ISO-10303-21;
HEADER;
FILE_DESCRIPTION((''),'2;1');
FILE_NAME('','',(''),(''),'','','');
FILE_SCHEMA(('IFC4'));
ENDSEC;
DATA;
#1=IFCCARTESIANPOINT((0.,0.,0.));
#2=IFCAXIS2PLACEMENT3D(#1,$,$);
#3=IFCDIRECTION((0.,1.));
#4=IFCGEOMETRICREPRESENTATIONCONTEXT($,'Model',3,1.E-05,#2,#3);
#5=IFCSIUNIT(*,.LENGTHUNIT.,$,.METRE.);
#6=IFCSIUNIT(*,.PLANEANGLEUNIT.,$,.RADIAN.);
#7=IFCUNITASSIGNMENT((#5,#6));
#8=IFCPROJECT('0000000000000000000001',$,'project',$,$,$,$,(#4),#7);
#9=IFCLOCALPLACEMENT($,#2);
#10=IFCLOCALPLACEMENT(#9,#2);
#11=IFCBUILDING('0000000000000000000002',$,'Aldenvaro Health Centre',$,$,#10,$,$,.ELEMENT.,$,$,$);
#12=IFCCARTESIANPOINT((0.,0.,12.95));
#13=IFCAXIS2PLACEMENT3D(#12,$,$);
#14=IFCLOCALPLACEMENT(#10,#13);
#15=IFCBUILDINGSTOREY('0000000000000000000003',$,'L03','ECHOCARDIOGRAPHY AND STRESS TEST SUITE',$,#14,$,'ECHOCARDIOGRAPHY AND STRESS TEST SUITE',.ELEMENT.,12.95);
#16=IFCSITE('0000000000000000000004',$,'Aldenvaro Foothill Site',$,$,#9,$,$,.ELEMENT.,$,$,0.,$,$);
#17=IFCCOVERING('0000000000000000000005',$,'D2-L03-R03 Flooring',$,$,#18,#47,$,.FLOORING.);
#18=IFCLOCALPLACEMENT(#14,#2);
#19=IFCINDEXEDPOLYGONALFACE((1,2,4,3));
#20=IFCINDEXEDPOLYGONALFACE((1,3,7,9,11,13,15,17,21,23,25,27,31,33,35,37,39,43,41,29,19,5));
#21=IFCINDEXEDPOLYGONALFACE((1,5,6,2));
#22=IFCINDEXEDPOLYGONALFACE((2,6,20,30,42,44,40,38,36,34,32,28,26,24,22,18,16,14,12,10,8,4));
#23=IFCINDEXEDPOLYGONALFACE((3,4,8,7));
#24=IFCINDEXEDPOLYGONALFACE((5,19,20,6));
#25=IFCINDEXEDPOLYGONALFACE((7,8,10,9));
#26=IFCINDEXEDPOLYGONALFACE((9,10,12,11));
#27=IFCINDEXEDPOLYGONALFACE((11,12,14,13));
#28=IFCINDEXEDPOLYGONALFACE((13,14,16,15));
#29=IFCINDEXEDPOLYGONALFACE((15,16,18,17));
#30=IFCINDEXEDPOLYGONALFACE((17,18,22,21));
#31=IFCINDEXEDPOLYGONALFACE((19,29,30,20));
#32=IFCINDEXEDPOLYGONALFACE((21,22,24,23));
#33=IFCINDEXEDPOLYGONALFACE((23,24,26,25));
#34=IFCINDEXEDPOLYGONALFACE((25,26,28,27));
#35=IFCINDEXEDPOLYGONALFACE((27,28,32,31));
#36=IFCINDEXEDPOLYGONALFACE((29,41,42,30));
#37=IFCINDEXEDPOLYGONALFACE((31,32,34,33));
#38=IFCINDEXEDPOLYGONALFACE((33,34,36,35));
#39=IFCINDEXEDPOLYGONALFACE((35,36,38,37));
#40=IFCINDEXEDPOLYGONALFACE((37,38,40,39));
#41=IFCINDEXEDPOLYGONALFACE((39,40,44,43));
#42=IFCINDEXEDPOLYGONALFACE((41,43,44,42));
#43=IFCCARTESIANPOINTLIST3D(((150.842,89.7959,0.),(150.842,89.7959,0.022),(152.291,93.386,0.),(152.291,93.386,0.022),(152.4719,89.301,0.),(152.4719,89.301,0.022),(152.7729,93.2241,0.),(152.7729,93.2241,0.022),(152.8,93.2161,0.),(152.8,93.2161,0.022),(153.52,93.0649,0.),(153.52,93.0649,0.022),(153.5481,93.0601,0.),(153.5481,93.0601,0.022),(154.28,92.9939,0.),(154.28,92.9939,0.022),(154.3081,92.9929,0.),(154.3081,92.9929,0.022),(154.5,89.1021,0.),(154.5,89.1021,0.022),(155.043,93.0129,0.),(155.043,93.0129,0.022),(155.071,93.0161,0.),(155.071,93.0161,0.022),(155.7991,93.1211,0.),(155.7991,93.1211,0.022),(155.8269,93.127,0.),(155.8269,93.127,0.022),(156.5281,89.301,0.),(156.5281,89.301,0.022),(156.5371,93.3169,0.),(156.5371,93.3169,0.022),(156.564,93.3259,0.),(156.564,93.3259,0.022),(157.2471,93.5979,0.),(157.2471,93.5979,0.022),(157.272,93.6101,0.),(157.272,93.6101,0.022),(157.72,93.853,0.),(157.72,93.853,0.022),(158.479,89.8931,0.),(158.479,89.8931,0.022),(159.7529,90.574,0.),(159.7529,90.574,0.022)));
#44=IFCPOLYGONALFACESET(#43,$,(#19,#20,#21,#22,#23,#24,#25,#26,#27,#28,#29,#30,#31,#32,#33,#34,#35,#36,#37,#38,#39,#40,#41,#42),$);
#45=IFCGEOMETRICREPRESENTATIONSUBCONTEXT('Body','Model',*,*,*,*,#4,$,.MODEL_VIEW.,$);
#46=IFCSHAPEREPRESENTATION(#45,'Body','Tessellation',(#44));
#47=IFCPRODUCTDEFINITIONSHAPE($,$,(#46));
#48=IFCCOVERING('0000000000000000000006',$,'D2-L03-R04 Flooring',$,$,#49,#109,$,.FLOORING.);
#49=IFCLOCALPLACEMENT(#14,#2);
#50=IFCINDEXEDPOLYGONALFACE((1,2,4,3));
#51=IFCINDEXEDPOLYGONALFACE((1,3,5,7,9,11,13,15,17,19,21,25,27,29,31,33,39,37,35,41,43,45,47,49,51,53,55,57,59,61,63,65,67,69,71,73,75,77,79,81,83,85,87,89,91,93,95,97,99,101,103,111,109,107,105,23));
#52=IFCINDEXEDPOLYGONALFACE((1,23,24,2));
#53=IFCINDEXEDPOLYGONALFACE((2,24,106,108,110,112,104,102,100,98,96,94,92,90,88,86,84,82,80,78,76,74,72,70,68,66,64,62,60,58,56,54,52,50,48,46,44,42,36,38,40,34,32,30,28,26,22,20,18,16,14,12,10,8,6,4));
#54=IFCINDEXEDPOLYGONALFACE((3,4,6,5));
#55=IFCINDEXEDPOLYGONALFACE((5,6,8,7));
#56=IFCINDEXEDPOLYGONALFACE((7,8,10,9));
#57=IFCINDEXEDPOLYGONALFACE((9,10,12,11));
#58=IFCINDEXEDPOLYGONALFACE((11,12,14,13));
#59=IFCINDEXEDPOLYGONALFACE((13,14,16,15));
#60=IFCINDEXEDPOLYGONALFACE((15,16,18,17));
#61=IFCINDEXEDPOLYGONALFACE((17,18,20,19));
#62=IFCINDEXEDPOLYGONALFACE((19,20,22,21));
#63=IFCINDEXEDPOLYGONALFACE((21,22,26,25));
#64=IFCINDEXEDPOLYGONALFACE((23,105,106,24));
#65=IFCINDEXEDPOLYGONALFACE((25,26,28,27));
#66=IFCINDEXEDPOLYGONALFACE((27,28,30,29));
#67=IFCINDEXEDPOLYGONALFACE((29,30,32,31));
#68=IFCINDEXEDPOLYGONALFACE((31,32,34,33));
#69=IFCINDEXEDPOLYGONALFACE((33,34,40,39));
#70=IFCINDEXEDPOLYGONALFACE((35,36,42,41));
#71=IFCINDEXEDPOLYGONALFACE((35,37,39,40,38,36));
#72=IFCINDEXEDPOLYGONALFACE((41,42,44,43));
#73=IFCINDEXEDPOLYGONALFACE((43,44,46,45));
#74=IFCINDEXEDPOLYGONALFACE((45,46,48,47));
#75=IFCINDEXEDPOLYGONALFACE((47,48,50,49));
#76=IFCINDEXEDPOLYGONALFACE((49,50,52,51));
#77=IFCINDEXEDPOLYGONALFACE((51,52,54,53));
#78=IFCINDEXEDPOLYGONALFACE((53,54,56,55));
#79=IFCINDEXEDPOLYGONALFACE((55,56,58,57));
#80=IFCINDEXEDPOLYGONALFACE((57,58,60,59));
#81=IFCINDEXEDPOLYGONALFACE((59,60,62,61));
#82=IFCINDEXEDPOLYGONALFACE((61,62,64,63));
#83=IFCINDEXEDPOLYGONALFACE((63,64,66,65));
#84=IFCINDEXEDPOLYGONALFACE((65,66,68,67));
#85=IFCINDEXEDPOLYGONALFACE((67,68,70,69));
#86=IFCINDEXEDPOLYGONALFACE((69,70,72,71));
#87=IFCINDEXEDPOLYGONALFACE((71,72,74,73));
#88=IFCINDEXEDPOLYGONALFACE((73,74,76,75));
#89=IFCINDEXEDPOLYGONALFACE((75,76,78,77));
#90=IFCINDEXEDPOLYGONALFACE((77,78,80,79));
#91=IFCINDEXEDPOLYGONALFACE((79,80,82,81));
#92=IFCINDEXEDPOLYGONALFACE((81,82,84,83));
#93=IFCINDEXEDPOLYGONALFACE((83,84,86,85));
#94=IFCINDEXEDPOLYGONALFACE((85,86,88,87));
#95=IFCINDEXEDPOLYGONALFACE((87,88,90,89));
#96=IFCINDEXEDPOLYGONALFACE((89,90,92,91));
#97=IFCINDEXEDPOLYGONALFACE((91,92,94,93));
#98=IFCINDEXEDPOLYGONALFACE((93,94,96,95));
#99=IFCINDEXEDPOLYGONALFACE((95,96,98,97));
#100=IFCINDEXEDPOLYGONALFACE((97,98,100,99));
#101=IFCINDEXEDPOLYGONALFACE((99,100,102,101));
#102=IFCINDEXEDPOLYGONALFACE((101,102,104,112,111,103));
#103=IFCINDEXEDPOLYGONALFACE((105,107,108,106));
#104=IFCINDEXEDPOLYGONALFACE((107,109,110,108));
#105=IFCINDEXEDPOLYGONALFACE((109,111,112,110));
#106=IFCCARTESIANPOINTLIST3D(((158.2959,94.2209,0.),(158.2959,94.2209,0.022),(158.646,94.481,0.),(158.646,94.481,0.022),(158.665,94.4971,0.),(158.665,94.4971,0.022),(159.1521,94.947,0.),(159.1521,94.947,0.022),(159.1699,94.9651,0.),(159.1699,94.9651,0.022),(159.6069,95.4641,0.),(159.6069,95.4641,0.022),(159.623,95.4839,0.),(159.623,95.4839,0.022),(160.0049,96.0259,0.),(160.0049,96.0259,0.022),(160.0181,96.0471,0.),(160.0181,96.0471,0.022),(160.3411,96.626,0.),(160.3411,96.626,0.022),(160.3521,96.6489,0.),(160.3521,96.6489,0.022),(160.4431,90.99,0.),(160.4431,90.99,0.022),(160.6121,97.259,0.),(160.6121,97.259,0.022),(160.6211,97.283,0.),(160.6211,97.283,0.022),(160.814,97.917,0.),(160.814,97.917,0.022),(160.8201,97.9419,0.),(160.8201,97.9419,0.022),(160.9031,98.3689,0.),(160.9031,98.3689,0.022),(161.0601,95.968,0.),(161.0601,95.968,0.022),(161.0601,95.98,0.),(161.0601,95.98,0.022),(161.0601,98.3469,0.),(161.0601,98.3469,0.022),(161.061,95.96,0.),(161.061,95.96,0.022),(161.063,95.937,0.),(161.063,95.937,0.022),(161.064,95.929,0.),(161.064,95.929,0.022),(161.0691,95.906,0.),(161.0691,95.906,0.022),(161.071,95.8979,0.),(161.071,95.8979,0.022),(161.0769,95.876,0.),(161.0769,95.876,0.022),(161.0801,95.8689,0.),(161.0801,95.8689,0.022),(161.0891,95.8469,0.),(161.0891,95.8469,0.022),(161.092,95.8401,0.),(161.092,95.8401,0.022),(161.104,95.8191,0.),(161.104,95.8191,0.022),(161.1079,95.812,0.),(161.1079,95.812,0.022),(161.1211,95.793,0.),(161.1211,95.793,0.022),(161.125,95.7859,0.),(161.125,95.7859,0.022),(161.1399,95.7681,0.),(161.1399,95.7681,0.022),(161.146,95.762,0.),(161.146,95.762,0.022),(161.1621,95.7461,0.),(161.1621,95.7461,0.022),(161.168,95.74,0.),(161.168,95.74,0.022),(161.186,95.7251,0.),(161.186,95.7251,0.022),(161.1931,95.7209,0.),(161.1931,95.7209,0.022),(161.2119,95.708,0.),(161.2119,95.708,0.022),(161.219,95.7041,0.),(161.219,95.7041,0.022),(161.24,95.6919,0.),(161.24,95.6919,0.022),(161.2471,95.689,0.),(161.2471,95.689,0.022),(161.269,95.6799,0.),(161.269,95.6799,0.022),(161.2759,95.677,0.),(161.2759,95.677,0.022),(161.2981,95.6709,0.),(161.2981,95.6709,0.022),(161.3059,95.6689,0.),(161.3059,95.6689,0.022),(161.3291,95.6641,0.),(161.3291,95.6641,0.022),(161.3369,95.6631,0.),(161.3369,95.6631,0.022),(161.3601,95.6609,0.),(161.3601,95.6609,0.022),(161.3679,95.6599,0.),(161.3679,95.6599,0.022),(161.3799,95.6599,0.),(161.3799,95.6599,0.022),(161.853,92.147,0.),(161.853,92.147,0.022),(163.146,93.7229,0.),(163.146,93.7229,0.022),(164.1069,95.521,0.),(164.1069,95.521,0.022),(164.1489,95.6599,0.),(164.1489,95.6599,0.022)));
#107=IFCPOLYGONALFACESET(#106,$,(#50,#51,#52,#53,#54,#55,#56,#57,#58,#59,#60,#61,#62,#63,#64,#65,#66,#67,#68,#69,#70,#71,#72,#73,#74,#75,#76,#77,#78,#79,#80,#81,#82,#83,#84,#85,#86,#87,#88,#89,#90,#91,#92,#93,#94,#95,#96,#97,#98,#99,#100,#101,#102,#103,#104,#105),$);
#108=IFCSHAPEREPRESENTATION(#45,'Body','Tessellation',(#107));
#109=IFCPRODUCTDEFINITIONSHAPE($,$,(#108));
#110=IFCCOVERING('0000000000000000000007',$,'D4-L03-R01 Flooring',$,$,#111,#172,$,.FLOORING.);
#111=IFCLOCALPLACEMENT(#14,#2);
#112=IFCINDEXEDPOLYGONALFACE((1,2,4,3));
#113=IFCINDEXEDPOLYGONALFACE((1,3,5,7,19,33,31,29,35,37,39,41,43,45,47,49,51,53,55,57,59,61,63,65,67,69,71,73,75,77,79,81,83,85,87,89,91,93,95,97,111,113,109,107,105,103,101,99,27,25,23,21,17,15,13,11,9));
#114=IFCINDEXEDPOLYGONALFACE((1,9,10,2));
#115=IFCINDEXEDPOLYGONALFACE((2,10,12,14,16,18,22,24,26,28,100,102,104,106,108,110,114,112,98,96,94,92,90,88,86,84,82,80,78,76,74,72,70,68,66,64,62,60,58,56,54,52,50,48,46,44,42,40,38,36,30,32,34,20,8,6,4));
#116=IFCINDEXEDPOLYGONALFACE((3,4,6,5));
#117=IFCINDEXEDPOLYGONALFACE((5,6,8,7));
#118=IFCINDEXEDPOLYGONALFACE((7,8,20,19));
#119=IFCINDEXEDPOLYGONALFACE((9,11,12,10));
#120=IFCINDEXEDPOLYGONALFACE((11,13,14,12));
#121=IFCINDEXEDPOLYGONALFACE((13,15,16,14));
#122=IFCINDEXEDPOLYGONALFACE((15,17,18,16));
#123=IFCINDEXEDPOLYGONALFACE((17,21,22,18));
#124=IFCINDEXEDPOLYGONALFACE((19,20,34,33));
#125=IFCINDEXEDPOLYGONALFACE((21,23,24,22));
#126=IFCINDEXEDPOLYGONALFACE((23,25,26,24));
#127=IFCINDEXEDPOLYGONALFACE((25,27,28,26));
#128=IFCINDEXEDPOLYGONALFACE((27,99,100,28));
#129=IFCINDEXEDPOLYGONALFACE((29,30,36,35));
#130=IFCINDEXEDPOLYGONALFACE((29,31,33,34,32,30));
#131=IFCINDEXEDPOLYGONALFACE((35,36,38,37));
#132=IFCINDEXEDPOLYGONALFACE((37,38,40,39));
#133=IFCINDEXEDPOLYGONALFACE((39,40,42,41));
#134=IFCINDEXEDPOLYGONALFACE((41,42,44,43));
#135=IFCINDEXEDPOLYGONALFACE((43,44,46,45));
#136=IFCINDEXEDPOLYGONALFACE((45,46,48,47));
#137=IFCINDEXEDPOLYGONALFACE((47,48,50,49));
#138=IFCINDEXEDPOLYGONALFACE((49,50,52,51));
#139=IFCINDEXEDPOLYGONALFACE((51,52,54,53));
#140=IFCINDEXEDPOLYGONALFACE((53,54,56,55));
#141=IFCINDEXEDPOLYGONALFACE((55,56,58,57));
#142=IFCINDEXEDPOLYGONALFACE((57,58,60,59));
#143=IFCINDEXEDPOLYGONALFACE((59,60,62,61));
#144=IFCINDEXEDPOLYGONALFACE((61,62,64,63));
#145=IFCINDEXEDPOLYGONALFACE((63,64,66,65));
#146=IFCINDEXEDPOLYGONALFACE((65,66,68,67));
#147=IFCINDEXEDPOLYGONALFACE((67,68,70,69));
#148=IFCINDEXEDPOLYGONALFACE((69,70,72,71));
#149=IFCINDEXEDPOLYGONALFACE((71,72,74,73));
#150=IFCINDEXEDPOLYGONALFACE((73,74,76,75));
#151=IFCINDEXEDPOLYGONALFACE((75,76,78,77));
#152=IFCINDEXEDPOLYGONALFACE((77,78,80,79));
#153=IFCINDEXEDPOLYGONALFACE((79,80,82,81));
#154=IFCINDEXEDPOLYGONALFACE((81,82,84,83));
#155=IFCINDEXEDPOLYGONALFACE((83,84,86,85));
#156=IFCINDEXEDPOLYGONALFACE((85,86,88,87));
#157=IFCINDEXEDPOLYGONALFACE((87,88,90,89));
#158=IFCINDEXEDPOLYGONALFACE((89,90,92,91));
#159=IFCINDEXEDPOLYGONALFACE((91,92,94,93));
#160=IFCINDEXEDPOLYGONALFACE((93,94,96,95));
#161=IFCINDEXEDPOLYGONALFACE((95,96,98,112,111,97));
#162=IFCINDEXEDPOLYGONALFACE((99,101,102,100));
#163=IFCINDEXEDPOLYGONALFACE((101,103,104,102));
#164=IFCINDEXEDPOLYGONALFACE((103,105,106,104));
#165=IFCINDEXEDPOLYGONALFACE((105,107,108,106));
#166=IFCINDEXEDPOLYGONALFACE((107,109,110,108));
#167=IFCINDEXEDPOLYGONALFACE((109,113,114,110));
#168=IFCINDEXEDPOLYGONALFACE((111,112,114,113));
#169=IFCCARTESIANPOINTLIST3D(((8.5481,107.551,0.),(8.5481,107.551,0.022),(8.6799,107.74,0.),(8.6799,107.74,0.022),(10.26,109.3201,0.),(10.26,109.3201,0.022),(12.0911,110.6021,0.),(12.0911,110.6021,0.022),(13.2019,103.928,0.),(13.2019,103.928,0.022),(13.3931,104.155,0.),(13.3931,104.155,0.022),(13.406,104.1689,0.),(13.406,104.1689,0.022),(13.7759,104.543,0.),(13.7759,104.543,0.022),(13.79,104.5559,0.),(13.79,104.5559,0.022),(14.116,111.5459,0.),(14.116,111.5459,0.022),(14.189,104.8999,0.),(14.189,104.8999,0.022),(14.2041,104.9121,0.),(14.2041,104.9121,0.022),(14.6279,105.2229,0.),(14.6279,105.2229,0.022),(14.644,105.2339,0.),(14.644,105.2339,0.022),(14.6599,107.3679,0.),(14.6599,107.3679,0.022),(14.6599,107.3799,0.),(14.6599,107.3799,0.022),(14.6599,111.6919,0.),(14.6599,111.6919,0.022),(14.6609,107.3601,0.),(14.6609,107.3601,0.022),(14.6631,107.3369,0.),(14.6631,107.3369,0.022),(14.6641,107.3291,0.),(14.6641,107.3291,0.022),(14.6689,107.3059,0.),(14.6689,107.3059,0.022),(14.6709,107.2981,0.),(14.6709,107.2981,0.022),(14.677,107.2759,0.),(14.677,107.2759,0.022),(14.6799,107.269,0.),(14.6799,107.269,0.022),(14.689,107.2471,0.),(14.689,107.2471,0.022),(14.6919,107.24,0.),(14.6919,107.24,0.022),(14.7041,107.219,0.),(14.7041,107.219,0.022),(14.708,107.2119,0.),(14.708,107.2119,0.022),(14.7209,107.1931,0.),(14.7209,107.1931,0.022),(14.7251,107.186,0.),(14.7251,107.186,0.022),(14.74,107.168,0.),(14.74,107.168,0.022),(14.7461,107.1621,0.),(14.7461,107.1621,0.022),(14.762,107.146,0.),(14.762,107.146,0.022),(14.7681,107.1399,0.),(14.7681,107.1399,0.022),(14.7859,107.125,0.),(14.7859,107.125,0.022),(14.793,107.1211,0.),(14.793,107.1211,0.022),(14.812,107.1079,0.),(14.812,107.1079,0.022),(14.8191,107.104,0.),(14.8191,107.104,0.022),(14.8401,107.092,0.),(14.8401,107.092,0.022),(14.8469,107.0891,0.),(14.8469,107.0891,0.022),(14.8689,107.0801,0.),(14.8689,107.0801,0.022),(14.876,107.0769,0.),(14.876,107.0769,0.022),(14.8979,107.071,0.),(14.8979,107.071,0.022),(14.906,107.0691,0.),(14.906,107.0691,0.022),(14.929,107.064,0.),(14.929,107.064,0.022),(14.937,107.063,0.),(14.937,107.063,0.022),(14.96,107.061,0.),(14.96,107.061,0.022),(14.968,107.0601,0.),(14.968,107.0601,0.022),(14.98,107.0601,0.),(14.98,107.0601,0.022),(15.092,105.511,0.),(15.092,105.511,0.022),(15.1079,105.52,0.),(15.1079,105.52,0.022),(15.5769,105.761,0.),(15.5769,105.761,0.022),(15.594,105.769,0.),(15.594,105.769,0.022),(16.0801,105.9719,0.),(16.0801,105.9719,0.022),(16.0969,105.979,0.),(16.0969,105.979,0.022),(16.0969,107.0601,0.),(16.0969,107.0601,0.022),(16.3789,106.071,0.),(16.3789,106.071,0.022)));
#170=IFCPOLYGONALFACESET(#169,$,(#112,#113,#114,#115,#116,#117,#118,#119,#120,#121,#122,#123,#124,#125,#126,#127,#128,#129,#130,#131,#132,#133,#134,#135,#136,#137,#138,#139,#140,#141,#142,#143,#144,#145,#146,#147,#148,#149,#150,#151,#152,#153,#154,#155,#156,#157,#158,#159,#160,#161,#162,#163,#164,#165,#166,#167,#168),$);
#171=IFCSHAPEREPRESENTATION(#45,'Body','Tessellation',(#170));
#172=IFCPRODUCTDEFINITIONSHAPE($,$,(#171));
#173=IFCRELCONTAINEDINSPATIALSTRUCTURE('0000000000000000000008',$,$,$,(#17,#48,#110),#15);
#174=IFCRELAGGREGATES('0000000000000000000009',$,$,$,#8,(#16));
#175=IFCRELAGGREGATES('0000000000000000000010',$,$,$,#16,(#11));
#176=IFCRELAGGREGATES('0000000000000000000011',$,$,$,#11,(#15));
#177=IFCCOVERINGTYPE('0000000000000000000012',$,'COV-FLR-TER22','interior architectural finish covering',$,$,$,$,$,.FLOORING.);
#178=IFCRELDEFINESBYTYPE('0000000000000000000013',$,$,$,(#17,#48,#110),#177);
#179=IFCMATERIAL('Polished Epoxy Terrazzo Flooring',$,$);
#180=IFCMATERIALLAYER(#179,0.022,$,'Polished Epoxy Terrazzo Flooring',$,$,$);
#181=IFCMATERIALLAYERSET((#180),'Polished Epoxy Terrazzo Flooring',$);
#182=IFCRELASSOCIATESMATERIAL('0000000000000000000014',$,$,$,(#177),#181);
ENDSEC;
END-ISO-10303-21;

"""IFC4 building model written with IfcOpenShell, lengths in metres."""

from ifc_helpers import new_model, si_unit, direction, frame, origin, place, context, subcontext, project, spatial, polyline, outline, extrude, material, layer, layer_set, type_object, element, save


model = new_model("IFC4")

# Units and contexts
model_context = context("Model", 3, precision=1e-05, world=origin(), true_north=direction((0.0, 1.0)))
body_context = subcontext(model_context, "Body", "Model", "MODEL_VIEW")
ifc_project = project(units=[si_unit("LENGTHUNIT", "METRE"), si_unit("PLANEANGLEUNIT", "RADIAN")], contexts=[model_context])

# Site, building, storey
site_placement = place(None, origin())
site = spatial("IfcSite", under=ifc_project, at=site_placement, Name="Aldenvaro Foothill Site", CompositionType="ELEMENT", RefElevation=0.0)
building_placement = place(site_placement, origin())
building = spatial("IfcBuilding", under=site, at=building_placement, Name="Aldenvaro Health Centre", CompositionType="ELEMENT")
storey_placement = place(building_placement, frame((0.0, 0.0, 12.95)))
storey = spatial("IfcBuildingStorey", under=building, at=storey_placement, Name="L03", Description="ECHOCARDIOGRAPHY AND STRESS TEST SUITE", LongName="ECHOCARDIOGRAPHY AND STRESS TEST SUITE", CompositionType="ELEMENT", Elevation=12.95)

# Coverings
ifc_material_1 = material(Name="Polished Epoxy Terrazzo Flooring")
ifc_layer_1 = layer(ifc_material_1, 0.022, Name="Polished Epoxy Terrazzo Flooring")
ifc_layer_set_1 = layer_set([ifc_layer_1], Name="Polished Epoxy Terrazzo Flooring")
covering_type_1 = type_object("IfcCoveringType", Name="COV-FLR-TER22", Description="interior architectural finish covering", PredefinedType="FLOORING", material=ifc_layer_set_1)
covering_1_placement = place(storey_placement, origin())
element("IfcCovering", 1, at=covering_1_placement, inside=storey, type_object=covering_type_1, Name="D2-L03-R03 Flooring", PredefinedType="FLOORING", context=body_context, shape_type="SweptSolid", body=[
    extrude(outline(polyline([(152.7729, 93.2241), (152.8, 93.2161), (153.52, 93.0649), (153.5481, 93.0601), (154.28, 92.9939), (154.3081, 92.9929), (155.043, 93.0129), (155.071, 93.0161), (155.7991, 93.1211), (155.8269, 93.127), (156.5371, 93.3169), (156.564, 93.3259), (157.2471, 93.5979), (157.272, 93.6101), (157.72, 93.853), (159.7529, 90.574), (158.479, 89.8931), (156.5281, 89.301), (154.5, 89.1021), (152.4719, 89.301), (150.842, 89.7959), (152.291, 93.386), (152.7729, 93.2241)])), origin(), (0.0, 0.0, 1.0), 0.022),
])
covering_2_placement = place(storey_placement, origin())
element("IfcCovering", 2, at=covering_2_placement, inside=storey, type_object=covering_type_1, Name="D2-L03-R04 Flooring", PredefinedType="FLOORING", context=body_context, shape_type="SweptSolid", body=[
    extrude(outline(polyline([(158.646, 94.481), (158.665, 94.4971), (159.1521, 94.947), (159.1699, 94.9651), (159.6069, 95.4641), (159.623, 95.4839), (160.0049, 96.0259), (160.0181, 96.0471), (160.3411, 96.626), (160.3521, 96.6489), (160.6121, 97.259), (160.6211, 97.283), (160.814, 97.917), (160.8201, 97.9419), (160.9031, 98.3689), (161.0601, 98.3469), (161.0601, 95.98), (161.0601, 95.968), (161.061, 95.96), (161.063, 95.937), (161.064, 95.929), (161.0691, 95.906), (161.071, 95.8979), (161.0769, 95.876), (161.0801, 95.8689), (161.0891, 95.8469), (161.092, 95.8401), (161.104, 95.8191), (161.1079, 95.812), (161.1211, 95.793), (161.125, 95.7859), (161.1399, 95.7681), (161.146, 95.762), (161.1621, 95.7461), (161.168, 95.74), (161.186, 95.7251), (161.1931, 95.7209), (161.2119, 95.708), (161.219, 95.7041), (161.24, 95.6919), (161.2471, 95.689), (161.269, 95.6799), (161.2759, 95.677), (161.2981, 95.6709), (161.3059, 95.6689), (161.3291, 95.6641), (161.3369, 95.6631), (161.3601, 95.6609), (161.3679, 95.6599), (161.3799, 95.6599), (164.1489, 95.6599), (164.1069, 95.521), (163.146, 93.7229), (161.853, 92.147), (160.4431, 90.99), (158.2959, 94.2209), (158.646, 94.481)])), origin(), (0.0, 0.0, 1.0), 0.022),
])
covering_3_placement = place(storey_placement, origin())
element("IfcCovering", 3, at=covering_3_placement, inside=storey, type_object=covering_type_1, Name="D4-L03-R01 Flooring", PredefinedType="FLOORING", context=body_context, shape_type="SweptSolid", body=[
    extrude(outline(polyline([(16.0969, 105.979), (16.0801, 105.9719), (15.594, 105.769), (15.5769, 105.761), (15.1079, 105.52), (15.092, 105.511), (14.644, 105.2339), (14.6279, 105.2229), (14.2041, 104.9121), (14.189, 104.8999), (13.79, 104.5559), (13.7759, 104.543), (13.406, 104.1689), (13.3931, 104.155), (13.2019, 103.928), (8.5481, 107.551), (8.6799, 107.74), (10.26, 109.3201), (12.0911, 110.6021), (14.116, 111.5459), (14.6599, 111.6919), (14.6599, 107.3799), (14.6599, 107.3679), (14.6609, 107.3601), (14.6631, 107.3369), (14.6641, 107.3291), (14.6689, 107.3059), (14.6709, 107.2981), (14.677, 107.2759), (14.6799, 107.269), (14.689, 107.2471), (14.6919, 107.24), (14.7041, 107.219), (14.708, 107.2119), (14.7209, 107.1931), (14.7251, 107.186), (14.74, 107.168), (14.7461, 107.1621), (14.762, 107.146), (14.7681, 107.1399), (14.7859, 107.125), (14.793, 107.1211), (14.812, 107.1079), (14.8191, 107.104), (14.8401, 107.092), (14.8469, 107.0891), (14.8689, 107.0801), (14.876, 107.0769), (14.8979, 107.071), (14.906, 107.0691), (14.929, 107.064), (14.937, 107.063), (14.96, 107.061), (14.968, 107.0601), (14.98, 107.0601), (16.0969, 107.0601), (16.3789, 106.071), (16.0969, 105.979)])), origin(), (0.0, 0.0, 1.0), 0.022),
])

save(model, "model.ifc")
